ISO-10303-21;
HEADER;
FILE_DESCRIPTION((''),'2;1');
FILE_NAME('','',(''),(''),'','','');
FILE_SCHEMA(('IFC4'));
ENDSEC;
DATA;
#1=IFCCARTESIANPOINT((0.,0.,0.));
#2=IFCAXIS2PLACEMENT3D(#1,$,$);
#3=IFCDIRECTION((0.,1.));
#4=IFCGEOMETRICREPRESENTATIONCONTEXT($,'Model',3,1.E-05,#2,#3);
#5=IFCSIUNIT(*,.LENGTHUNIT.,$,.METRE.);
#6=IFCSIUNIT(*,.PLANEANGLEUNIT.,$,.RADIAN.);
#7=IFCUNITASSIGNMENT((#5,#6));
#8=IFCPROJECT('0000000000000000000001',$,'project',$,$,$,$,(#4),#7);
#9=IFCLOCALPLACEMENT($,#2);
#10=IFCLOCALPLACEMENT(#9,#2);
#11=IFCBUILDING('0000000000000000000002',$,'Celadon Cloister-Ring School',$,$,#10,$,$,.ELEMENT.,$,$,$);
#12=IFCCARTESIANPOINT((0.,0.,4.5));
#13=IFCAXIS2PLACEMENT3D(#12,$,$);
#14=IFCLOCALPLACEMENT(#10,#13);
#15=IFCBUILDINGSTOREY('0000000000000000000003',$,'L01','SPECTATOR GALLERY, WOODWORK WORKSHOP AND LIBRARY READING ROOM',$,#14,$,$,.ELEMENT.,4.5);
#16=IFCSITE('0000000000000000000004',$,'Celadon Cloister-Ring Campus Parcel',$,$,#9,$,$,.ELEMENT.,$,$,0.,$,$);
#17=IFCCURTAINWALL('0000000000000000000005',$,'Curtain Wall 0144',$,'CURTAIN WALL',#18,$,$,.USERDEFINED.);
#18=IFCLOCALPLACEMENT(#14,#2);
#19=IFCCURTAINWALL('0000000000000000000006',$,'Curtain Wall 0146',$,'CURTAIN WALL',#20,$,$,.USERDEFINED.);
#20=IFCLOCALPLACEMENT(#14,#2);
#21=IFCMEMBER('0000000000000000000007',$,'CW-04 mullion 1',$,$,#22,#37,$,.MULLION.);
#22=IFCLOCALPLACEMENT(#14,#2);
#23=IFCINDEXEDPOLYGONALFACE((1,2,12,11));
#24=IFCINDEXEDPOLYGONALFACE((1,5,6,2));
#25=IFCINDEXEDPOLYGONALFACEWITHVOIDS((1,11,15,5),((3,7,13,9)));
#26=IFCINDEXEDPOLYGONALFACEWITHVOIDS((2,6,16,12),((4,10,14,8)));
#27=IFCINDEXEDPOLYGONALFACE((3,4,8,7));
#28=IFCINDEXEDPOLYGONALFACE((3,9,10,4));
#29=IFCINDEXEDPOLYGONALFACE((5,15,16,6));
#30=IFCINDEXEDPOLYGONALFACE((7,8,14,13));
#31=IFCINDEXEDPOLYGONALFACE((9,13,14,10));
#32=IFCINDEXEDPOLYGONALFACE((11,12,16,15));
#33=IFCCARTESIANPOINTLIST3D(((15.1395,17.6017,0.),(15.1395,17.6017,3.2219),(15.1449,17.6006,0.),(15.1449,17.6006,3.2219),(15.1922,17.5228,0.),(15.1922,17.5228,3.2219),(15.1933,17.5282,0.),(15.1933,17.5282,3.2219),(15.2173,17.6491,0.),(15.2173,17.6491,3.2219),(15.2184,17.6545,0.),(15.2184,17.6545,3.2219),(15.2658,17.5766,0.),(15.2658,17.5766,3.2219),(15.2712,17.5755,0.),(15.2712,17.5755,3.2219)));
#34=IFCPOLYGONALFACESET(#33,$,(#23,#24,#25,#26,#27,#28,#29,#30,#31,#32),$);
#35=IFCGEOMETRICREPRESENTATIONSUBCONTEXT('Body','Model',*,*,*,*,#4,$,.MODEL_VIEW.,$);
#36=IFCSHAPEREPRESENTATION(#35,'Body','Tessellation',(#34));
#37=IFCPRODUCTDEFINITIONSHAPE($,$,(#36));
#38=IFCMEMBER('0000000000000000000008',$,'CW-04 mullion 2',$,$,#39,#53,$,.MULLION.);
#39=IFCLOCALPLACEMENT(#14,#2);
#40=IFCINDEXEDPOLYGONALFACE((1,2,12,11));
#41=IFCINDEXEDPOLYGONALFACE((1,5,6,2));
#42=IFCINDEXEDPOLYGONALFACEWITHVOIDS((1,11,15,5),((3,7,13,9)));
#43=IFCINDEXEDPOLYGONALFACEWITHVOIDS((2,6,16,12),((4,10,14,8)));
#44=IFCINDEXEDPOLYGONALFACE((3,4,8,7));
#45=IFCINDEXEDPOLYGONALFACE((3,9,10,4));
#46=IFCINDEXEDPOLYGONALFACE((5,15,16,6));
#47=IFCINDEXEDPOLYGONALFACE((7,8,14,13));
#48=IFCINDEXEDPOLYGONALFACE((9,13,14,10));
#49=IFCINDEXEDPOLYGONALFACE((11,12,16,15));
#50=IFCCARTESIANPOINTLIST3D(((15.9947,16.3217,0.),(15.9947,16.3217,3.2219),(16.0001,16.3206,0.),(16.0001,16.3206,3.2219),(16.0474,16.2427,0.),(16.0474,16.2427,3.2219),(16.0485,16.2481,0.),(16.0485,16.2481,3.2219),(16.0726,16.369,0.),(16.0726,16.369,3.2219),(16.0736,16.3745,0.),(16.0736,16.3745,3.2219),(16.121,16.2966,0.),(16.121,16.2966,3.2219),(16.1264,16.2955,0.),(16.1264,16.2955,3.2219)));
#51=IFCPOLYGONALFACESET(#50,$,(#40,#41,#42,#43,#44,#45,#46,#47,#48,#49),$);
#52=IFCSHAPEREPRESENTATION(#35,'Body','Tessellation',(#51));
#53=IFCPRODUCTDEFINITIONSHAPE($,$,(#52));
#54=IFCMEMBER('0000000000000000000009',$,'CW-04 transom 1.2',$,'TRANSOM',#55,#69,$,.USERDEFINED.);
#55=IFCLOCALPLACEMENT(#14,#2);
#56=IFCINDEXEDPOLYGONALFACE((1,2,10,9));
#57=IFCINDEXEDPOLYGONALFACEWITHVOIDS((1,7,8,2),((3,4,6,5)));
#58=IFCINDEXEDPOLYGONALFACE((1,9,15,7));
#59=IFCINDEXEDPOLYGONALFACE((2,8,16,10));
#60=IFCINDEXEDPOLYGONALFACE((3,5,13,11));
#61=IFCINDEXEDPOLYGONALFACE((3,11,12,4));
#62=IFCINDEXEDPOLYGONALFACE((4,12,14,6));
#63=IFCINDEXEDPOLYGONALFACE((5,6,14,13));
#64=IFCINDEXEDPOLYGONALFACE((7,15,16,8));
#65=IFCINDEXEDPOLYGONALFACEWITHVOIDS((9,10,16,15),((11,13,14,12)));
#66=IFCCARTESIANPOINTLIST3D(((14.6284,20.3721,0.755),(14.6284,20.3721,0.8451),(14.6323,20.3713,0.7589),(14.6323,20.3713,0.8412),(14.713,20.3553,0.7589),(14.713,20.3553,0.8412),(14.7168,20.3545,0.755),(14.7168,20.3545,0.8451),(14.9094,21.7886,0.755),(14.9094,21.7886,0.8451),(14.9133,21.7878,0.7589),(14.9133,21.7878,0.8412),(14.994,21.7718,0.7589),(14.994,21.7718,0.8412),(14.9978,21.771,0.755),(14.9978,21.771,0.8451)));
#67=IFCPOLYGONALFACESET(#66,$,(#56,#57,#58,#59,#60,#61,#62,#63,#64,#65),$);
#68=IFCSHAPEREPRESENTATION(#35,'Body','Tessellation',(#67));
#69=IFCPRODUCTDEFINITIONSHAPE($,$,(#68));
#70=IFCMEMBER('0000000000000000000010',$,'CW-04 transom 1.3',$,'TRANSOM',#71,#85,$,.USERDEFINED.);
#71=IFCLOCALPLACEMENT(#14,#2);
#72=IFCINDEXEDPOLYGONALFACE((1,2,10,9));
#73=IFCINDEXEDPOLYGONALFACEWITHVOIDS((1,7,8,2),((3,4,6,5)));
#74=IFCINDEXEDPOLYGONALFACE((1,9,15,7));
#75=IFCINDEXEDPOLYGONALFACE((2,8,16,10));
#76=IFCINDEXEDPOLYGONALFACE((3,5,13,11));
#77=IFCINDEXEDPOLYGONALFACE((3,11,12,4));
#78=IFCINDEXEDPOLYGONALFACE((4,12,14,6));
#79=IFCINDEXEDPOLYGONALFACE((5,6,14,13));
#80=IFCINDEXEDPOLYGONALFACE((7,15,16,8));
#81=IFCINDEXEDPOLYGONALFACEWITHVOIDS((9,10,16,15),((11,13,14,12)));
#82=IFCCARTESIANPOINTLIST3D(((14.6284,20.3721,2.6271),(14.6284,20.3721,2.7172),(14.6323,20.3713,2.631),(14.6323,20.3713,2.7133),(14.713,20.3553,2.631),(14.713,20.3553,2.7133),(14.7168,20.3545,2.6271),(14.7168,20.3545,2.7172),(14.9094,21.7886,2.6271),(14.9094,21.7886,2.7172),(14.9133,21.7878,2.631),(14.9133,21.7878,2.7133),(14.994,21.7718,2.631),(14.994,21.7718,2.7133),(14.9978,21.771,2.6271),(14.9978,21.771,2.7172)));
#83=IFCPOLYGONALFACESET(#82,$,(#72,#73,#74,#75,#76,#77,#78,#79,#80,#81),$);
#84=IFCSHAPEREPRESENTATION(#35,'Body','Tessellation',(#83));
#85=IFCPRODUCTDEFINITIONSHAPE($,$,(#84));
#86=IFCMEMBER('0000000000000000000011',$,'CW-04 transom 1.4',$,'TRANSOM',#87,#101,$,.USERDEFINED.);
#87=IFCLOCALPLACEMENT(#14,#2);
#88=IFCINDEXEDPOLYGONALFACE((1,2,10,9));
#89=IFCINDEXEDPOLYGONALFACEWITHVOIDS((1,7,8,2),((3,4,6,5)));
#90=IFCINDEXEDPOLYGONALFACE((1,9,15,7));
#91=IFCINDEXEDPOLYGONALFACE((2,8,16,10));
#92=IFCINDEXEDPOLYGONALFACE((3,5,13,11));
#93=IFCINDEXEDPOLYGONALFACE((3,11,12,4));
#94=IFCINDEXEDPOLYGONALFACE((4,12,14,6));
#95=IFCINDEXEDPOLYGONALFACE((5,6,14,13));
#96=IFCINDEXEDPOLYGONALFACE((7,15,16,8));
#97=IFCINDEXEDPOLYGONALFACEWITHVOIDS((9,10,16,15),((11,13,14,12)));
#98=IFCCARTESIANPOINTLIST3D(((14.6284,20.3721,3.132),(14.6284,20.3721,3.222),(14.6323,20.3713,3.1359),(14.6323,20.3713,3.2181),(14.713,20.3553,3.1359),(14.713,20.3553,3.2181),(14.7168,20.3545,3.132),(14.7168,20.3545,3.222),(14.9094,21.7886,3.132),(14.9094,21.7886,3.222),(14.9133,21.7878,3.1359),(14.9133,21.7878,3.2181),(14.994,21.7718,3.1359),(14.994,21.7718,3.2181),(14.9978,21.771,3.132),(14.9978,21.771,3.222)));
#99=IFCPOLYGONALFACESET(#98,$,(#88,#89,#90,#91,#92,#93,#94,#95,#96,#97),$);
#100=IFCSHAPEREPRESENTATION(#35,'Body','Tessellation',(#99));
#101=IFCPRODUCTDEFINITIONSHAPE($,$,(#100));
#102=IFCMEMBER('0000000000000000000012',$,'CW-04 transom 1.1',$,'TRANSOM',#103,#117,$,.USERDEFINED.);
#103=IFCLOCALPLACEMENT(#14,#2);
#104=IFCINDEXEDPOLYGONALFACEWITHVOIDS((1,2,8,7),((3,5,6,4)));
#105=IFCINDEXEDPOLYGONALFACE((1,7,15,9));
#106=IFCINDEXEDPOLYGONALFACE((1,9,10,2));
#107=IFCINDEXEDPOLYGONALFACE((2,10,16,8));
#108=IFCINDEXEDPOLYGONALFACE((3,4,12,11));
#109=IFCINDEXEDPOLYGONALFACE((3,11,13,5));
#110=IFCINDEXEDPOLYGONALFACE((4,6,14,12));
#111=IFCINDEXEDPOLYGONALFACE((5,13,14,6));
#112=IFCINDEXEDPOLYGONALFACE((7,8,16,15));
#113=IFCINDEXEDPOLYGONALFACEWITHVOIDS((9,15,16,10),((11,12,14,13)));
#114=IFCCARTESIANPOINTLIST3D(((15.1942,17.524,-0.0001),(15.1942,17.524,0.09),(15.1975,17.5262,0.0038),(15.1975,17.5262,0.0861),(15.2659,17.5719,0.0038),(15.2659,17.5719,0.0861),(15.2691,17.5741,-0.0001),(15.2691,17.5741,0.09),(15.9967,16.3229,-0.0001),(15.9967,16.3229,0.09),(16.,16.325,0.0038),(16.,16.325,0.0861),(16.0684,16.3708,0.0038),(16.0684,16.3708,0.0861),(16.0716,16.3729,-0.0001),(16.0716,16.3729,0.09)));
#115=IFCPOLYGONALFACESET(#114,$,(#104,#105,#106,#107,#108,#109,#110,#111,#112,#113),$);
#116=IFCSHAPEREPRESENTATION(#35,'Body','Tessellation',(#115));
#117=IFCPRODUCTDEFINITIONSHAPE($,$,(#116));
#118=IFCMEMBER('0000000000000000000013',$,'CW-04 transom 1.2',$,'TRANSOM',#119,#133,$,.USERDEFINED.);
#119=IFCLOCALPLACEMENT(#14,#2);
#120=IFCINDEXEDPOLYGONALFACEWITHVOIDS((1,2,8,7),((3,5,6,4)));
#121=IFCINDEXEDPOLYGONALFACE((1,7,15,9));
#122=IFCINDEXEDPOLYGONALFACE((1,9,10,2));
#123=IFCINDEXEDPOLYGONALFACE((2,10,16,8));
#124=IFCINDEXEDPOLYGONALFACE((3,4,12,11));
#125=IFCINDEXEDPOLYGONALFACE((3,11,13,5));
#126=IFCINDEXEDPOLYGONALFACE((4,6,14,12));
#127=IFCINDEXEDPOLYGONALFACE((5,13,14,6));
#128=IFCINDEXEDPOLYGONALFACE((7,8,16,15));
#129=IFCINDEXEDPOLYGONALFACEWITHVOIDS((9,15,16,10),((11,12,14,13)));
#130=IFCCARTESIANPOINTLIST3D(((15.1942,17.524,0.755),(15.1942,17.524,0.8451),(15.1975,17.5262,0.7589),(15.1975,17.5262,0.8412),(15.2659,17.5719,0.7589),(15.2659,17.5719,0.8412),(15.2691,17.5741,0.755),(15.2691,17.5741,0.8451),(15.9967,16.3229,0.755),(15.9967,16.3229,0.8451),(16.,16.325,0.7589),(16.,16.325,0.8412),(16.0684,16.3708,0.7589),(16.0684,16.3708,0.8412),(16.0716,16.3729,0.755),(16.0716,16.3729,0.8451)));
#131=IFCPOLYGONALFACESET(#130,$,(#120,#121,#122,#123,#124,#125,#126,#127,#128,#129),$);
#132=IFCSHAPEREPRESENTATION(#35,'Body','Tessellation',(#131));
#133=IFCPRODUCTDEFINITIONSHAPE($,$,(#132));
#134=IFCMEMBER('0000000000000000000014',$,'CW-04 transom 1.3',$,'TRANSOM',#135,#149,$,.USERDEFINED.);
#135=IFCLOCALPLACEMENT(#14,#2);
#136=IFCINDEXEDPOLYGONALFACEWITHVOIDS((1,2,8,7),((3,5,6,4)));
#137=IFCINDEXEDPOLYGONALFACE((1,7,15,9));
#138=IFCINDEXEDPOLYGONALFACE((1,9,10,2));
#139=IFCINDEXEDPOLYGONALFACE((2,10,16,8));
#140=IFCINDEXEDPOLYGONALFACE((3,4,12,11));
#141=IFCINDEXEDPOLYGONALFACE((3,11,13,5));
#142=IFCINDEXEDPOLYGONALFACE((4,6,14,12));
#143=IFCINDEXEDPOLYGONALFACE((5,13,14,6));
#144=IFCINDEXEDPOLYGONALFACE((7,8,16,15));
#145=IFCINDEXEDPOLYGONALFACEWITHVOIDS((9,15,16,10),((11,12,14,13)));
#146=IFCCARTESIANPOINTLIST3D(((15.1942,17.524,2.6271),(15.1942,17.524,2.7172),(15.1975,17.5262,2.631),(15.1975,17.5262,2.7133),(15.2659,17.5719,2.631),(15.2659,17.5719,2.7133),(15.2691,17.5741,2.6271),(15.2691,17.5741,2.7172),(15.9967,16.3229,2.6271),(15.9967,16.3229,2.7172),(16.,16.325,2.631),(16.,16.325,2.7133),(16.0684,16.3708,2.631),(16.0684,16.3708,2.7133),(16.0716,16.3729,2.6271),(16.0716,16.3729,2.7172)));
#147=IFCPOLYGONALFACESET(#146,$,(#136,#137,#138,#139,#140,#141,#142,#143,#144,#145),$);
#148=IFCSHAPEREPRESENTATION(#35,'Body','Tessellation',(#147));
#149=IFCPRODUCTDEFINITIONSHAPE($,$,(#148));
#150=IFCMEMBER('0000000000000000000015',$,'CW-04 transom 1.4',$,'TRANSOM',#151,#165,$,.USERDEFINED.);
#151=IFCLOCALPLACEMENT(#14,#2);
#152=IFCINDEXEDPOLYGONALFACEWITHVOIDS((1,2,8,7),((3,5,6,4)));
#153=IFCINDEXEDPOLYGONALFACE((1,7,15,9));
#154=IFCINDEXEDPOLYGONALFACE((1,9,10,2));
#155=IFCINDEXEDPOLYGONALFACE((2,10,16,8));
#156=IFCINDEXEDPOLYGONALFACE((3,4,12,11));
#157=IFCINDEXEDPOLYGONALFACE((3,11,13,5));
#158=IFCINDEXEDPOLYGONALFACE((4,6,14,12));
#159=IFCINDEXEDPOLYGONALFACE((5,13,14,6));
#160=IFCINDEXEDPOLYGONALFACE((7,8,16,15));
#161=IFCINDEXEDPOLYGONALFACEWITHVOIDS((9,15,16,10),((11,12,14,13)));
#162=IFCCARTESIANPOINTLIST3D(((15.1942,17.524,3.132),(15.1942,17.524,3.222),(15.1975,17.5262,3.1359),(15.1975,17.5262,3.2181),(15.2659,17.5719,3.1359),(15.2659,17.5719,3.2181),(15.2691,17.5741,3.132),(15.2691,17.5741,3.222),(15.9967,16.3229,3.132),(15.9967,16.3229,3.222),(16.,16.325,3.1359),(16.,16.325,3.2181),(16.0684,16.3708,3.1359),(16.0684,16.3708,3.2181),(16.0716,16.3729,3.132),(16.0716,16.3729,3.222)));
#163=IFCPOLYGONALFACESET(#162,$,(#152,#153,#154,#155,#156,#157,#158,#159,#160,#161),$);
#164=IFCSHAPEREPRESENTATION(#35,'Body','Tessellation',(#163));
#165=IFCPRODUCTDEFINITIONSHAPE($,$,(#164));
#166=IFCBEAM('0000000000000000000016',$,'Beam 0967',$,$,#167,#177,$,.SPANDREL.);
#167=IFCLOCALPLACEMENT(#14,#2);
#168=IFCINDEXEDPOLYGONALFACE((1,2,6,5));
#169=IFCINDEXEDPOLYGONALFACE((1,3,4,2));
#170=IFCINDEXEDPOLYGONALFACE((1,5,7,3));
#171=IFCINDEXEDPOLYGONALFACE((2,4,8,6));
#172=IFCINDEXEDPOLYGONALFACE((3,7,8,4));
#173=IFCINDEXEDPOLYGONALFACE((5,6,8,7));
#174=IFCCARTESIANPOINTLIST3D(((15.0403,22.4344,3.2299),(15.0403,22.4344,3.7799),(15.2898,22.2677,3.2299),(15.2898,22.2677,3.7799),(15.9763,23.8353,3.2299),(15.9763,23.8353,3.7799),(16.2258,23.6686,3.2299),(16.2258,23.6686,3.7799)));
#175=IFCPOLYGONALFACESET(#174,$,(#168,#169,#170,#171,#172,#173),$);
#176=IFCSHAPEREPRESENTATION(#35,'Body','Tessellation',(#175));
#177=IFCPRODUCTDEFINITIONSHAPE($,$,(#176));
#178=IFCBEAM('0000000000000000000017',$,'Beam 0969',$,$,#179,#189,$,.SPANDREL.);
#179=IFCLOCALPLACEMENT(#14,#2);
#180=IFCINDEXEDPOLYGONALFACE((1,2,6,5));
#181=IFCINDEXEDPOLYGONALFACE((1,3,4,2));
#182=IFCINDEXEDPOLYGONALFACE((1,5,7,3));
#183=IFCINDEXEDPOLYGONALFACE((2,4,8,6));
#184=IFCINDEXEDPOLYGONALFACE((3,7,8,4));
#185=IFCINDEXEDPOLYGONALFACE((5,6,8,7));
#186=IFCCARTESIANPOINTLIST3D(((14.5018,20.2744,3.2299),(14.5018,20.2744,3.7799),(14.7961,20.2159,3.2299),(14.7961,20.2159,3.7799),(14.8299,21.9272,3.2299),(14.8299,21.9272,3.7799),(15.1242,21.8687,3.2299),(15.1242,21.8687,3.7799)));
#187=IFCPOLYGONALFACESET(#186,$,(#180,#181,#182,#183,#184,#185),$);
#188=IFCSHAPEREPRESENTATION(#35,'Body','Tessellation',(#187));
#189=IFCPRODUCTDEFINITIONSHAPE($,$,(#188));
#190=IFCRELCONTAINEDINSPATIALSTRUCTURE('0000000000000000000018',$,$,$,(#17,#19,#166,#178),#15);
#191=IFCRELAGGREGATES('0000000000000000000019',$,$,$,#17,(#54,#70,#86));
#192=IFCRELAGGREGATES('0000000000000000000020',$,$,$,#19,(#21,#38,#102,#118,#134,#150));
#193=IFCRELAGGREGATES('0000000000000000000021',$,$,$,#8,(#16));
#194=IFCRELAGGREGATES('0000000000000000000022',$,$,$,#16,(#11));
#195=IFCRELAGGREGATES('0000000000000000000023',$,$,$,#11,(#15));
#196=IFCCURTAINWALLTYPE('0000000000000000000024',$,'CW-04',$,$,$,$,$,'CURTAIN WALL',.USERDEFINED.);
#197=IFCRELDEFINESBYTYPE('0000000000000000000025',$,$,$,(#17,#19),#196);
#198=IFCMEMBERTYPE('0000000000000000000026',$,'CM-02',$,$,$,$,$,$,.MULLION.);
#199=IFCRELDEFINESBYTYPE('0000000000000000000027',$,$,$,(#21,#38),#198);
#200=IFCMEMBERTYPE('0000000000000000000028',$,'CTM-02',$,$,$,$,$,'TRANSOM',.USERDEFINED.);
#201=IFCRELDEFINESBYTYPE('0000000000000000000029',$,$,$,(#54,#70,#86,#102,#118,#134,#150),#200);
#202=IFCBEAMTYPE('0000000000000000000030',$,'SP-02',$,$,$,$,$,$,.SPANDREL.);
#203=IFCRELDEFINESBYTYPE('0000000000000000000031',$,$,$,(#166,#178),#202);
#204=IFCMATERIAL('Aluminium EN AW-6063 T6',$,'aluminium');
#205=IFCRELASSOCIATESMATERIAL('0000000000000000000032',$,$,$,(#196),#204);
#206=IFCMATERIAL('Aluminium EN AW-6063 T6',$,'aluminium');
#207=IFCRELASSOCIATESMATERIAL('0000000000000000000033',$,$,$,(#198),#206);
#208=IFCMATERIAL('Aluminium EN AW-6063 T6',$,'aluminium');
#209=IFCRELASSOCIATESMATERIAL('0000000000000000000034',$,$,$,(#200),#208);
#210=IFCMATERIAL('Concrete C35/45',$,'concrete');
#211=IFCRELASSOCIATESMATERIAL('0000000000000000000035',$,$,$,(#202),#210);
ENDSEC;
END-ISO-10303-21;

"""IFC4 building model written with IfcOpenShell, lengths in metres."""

from ifc_helpers import new_model, si_unit, direction, frame, origin, origin_2d, place, context, subcontext, project, spatial, rectangle, hollow_rectangle, extrude, material, material_profile, profile_set, type_object, element, aggregate, save


model = new_model("IFC4")

# Units and contexts
model_context = context("Model", 3, precision=1e-05, world=origin(), true_north=direction((0.0, 1.0)))
body_context = subcontext(model_context, "Body", "Model", "MODEL_VIEW")
ifc_project = project(units=[si_unit("LENGTHUNIT", "METRE"), si_unit("PLANEANGLEUNIT", "RADIAN")], contexts=[model_context])

# Site, building, storey
site_placement = place(None, origin())
site = spatial("IfcSite", under=ifc_project, at=site_placement, Name="Celadon Cloister-Ring Campus Parcel", CompositionType="ELEMENT", RefElevation=0.0)
building_placement = place(site_placement, origin())
building = spatial("IfcBuilding", under=site, at=building_placement, Name="Celadon Cloister-Ring School", CompositionType="ELEMENT")
storey_placement = place(building_placement, frame((0.0, 0.0, 4.5)))
storey = spatial("IfcBuildingStorey", under=building, at=storey_placement, Name="L01", Description="SPECTATOR GALLERY, WOODWORK WORKSHOP AND LIBRARY READING ROOM", CompositionType="ELEMENT", Elevation=4.5)

# Curtain wall
ifc_material_1 = material(Name="Aluminium EN AW-6063 T6", Category="aluminium")
curtain_wall_type = type_object("IfcCurtainWallType", Name="CW-04", ElementType="CURTAIN WALL", PredefinedType="USERDEFINED", material=ifc_material_1)
ifc_material_2 = material(Name="Aluminium EN AW-6063 T6", Category="aluminium")
ifc_material_profile_1 = material_profile(ifc_material_2, hollow_rectangle(XDim=0.095, YDim=0.095, WallThickness=0.0039, at=origin_2d()), Name="RHS95X95X4")
ifc_profile_set_1 = profile_set([ifc_material_profile_1], Name="Aluminium EN AW-6063 T6")
member_type_1 = type_object("IfcMemberType", Name="CM-02", PredefinedType="MULLION", material=ifc_profile_set_1)
curtain_wall_1_placement = place(storey_placement, origin())
curtain_wall_1 = element("IfcCurtainWall", 1, at=curtain_wall_1_placement, inside=storey, type_object=curtain_wall_type, Name="Curtain Wall 0144", ObjectType="CURTAIN WALL", PredefinedType="USERDEFINED")

# Curtain wall, members
curtain_wall_2_placement = place(storey_placement, origin())
curtain_wall_2 = element("IfcCurtainWall", 2, at=curtain_wall_2_placement, inside=storey, type_object=curtain_wall_type, Name="Curtain Wall 0146", ObjectType="CURTAIN WALL", PredefinedType="USERDEFINED")
member_1_placement = place(storey_placement, frame((15.2053, 17.5886, 0.0), z_axis=(0.0, 0.0, 1.0), x_axis=(0.831485, 0.555547, 0.0)))
member_1 = element("IfcMember", 3, at=member_1_placement, type_object=member_type_1, Name="CW-04 mullion 1", PredefinedType="MULLION", context=body_context, shape_type="SweptSolid", body=[
    extrude(hollow_rectangle(XDim=0.095, YDim=0.095, WallThickness=0.0039, at=origin_2d()), origin(), (0.0, 0.0, 1.0), 3.2219),
])
member_2_placement = place(storey_placement, frame((16.0605, 16.3086, 0.0), z_axis=(0.0, 0.0, 1.0), x_axis=(0.831485, 0.555547, 0.0)))
member_2 = element("IfcMember", 4, at=member_2_placement, type_object=member_type_1, Name="CW-04 mullion 2", PredefinedType="MULLION", context=body_context, shape_type="SweptSolid", body=[
    extrude(hollow_rectangle(XDim=0.095, YDim=0.095, WallThickness=0.0039, at=origin_2d()), origin(), (0.0, 0.0, 1.0), 3.2219),
])

# Members
ifc_material_3 = material(Name="Aluminium EN AW-6063 T6", Category="aluminium")
ifc_material_profile_2 = material_profile(ifc_material_3, hollow_rectangle(XDim=0.0901, YDim=0.0901, WallThickness=0.0039, at=origin_2d()), Name="RHS90X90X4")
ifc_profile_set_2 = profile_set([ifc_material_profile_2], Name="Aluminium EN AW-6063 T6")
member_type_2 = type_object("IfcMemberType", Name="CTM-02", ElementType="TRANSOM", PredefinedType="USERDEFINED", material=ifc_profile_set_2)
member_3_placement = place(storey_placement, frame((14.9536, 21.7798, 0.8), z_axis=(-0.194588, -0.980885, 0.0), x_axis=(0.980885, -0.194588, 0.0)))
member_3 = element("IfcMember", 5, at=member_3_placement, type_object=member_type_2, Name="CW-04 transom 1.2", ObjectType="TRANSOM", PredefinedType="USERDEFINED", context=body_context, shape_type="SweptSolid", body=[
    extrude(hollow_rectangle(XDim=0.0901, YDim=0.0901, WallThickness=0.0039, at=origin_2d()), origin(), (0.0, 0.0, 1.0), 1.4441),
])
member_4_placement = place(storey_placement, frame((14.9536, 21.7798, 2.6721), z_axis=(-0.194588, -0.980885, 0.0), x_axis=(0.980885, -0.194588, 0.0)))
member_4 = element("IfcMember", 6, at=member_4_placement, type_object=member_type_2, Name="CW-04 transom 1.3", ObjectType="TRANSOM", PredefinedType="USERDEFINED", context=body_context, shape_type="SweptSolid", body=[
    extrude(hollow_rectangle(XDim=0.0901, YDim=0.0901, WallThickness=0.0039, at=origin_2d()), origin(), (0.0, 0.0, 1.0), 1.4441),
])
member_5_placement = place(storey_placement, frame((14.9536, 21.7798, 3.177), z_axis=(-0.194588, -0.980885, 0.0), x_axis=(0.980885, -0.194588, 0.0)))
member_5 = element("IfcMember", 7, at=member_5_placement, type_object=member_type_2, Name="CW-04 transom 1.4", ObjectType="TRANSOM", PredefinedType="USERDEFINED", context=body_context, shape_type="SweptSolid", body=[
    extrude(hollow_rectangle(XDim=0.0901, YDim=0.0901, WallThickness=0.0039, at=origin_2d()), origin(), (0.0, 0.0, 1.0), 1.4441),
])
aggregate(curtain_wall_1, [member_3, member_4, member_5])
member_6_placement = place(storey_placement, frame((15.2317, 17.5491, 0.0449), z_axis=(0.555519, -0.831504, 0.0), x_axis=(0.831504, 0.555519, 0.0)))
member_6 = element("IfcMember", 8, at=member_6_placement, type_object=member_type_2, Name="CW-04 transom 1.1", ObjectType="TRANSOM", PredefinedType="USERDEFINED", context=body_context, shape_type="SweptSolid", body=[
    extrude(hollow_rectangle(XDim=0.0901, YDim=0.0901, WallThickness=0.0039, at=origin_2d()), origin(), (0.0, 0.0, 1.0), 1.4446),
])
member_7_placement = place(storey_placement, frame((15.2317, 17.5491, 0.8), z_axis=(0.555519, -0.831504, 0.0), x_axis=(0.831504, 0.555519, 0.0)))
member_7 = element("IfcMember", 9, at=member_7_placement, type_object=member_type_2, Name="CW-04 transom 1.2", ObjectType="TRANSOM", PredefinedType="USERDEFINED", context=body_context, shape_type="SweptSolid", body=[
    extrude(hollow_rectangle(XDim=0.0901, YDim=0.0901, WallThickness=0.0039, at=origin_2d()), origin(), (0.0, 0.0, 1.0), 1.4446),
])
member_8_placement = place(storey_placement, frame((15.2317, 17.5491, 2.6721), z_axis=(0.555519, -0.831504, 0.0), x_axis=(0.831504, 0.555519, 0.0)))
member_8 = element("IfcMember", 10, at=member_8_placement, type_object=member_type_2, Name="CW-04 transom 1.3", ObjectType="TRANSOM", PredefinedType="USERDEFINED", context=body_context, shape_type="SweptSolid", body=[
    extrude(hollow_rectangle(XDim=0.0901, YDim=0.0901, WallThickness=0.0039, at=origin_2d()), origin(), (0.0, 0.0, 1.0), 1.4446),
])
member_9_placement = place(storey_placement, frame((15.2317, 17.5491, 3.177), z_axis=(0.555519, -0.831504, 0.0), x_axis=(0.831504, 0.555519, 0.0)))
member_9 = element("IfcMember", 11, at=member_9_placement, type_object=member_type_2, Name="CW-04 transom 1.4", ObjectType="TRANSOM", PredefinedType="USERDEFINED", context=body_context, shape_type="SweptSolid", body=[
    extrude(hollow_rectangle(XDim=0.0901, YDim=0.0901, WallThickness=0.0039, at=origin_2d()), origin(), (0.0, 0.0, 1.0), 1.4446),
])

# Beams
ifc_material_4 = material(Name="Concrete C35/45", Category="concrete")
ifc_material_profile_3 = material_profile(ifc_material_4, rectangle(XDim=0.3, YDim=0.55, at=origin_2d()), Name="RC300X550")
ifc_profile_set_3 = profile_set([ifc_material_profile_3], Name="Concrete C35/45")
beam_type = type_object("IfcBeamType", Name="SP-02", PredefinedType="SPANDREL", material=ifc_profile_set_3)
beam_1_placement = place(storey_placement, frame((16.1011, 23.752, 3.5049), z_axis=(-0.555569, -0.83147, 0.0), x_axis=(0.83147, -0.555569, 0.0)))
element("IfcBeam", 12, at=beam_1_placement, inside=storey, type_object=beam_type, Name="Beam 0967", PredefinedType="SPANDREL", context=body_context, shape_type="SweptSolid", body=[
    extrude(rectangle(XDim=0.3, YDim=0.55, at=origin_2d()), origin(), (0.0, 0.0, 1.0), 1.6848),
])
beam_2_placement = place(storey_placement, frame((14.9771, 21.8979, 3.5049), z_axis=(-0.194723, -0.980858, 0.0), x_axis=(0.980858, -0.194723, 0.0)))
element("IfcBeam", 13, at=beam_2_placement, inside=storey, type_object=beam_type, Name="Beam 0969", PredefinedType="SPANDREL", context=body_context, shape_type="SweptSolid", body=[
    extrude(rectangle(XDim=0.3, YDim=0.55, at=origin_2d()), origin(), (0.0, 0.0, 1.0), 1.6851),
])

aggregate(curtain_wall_2, [member_1, member_2, member_6, member_7, member_8, member_9])

save(model, "model.ifc")
